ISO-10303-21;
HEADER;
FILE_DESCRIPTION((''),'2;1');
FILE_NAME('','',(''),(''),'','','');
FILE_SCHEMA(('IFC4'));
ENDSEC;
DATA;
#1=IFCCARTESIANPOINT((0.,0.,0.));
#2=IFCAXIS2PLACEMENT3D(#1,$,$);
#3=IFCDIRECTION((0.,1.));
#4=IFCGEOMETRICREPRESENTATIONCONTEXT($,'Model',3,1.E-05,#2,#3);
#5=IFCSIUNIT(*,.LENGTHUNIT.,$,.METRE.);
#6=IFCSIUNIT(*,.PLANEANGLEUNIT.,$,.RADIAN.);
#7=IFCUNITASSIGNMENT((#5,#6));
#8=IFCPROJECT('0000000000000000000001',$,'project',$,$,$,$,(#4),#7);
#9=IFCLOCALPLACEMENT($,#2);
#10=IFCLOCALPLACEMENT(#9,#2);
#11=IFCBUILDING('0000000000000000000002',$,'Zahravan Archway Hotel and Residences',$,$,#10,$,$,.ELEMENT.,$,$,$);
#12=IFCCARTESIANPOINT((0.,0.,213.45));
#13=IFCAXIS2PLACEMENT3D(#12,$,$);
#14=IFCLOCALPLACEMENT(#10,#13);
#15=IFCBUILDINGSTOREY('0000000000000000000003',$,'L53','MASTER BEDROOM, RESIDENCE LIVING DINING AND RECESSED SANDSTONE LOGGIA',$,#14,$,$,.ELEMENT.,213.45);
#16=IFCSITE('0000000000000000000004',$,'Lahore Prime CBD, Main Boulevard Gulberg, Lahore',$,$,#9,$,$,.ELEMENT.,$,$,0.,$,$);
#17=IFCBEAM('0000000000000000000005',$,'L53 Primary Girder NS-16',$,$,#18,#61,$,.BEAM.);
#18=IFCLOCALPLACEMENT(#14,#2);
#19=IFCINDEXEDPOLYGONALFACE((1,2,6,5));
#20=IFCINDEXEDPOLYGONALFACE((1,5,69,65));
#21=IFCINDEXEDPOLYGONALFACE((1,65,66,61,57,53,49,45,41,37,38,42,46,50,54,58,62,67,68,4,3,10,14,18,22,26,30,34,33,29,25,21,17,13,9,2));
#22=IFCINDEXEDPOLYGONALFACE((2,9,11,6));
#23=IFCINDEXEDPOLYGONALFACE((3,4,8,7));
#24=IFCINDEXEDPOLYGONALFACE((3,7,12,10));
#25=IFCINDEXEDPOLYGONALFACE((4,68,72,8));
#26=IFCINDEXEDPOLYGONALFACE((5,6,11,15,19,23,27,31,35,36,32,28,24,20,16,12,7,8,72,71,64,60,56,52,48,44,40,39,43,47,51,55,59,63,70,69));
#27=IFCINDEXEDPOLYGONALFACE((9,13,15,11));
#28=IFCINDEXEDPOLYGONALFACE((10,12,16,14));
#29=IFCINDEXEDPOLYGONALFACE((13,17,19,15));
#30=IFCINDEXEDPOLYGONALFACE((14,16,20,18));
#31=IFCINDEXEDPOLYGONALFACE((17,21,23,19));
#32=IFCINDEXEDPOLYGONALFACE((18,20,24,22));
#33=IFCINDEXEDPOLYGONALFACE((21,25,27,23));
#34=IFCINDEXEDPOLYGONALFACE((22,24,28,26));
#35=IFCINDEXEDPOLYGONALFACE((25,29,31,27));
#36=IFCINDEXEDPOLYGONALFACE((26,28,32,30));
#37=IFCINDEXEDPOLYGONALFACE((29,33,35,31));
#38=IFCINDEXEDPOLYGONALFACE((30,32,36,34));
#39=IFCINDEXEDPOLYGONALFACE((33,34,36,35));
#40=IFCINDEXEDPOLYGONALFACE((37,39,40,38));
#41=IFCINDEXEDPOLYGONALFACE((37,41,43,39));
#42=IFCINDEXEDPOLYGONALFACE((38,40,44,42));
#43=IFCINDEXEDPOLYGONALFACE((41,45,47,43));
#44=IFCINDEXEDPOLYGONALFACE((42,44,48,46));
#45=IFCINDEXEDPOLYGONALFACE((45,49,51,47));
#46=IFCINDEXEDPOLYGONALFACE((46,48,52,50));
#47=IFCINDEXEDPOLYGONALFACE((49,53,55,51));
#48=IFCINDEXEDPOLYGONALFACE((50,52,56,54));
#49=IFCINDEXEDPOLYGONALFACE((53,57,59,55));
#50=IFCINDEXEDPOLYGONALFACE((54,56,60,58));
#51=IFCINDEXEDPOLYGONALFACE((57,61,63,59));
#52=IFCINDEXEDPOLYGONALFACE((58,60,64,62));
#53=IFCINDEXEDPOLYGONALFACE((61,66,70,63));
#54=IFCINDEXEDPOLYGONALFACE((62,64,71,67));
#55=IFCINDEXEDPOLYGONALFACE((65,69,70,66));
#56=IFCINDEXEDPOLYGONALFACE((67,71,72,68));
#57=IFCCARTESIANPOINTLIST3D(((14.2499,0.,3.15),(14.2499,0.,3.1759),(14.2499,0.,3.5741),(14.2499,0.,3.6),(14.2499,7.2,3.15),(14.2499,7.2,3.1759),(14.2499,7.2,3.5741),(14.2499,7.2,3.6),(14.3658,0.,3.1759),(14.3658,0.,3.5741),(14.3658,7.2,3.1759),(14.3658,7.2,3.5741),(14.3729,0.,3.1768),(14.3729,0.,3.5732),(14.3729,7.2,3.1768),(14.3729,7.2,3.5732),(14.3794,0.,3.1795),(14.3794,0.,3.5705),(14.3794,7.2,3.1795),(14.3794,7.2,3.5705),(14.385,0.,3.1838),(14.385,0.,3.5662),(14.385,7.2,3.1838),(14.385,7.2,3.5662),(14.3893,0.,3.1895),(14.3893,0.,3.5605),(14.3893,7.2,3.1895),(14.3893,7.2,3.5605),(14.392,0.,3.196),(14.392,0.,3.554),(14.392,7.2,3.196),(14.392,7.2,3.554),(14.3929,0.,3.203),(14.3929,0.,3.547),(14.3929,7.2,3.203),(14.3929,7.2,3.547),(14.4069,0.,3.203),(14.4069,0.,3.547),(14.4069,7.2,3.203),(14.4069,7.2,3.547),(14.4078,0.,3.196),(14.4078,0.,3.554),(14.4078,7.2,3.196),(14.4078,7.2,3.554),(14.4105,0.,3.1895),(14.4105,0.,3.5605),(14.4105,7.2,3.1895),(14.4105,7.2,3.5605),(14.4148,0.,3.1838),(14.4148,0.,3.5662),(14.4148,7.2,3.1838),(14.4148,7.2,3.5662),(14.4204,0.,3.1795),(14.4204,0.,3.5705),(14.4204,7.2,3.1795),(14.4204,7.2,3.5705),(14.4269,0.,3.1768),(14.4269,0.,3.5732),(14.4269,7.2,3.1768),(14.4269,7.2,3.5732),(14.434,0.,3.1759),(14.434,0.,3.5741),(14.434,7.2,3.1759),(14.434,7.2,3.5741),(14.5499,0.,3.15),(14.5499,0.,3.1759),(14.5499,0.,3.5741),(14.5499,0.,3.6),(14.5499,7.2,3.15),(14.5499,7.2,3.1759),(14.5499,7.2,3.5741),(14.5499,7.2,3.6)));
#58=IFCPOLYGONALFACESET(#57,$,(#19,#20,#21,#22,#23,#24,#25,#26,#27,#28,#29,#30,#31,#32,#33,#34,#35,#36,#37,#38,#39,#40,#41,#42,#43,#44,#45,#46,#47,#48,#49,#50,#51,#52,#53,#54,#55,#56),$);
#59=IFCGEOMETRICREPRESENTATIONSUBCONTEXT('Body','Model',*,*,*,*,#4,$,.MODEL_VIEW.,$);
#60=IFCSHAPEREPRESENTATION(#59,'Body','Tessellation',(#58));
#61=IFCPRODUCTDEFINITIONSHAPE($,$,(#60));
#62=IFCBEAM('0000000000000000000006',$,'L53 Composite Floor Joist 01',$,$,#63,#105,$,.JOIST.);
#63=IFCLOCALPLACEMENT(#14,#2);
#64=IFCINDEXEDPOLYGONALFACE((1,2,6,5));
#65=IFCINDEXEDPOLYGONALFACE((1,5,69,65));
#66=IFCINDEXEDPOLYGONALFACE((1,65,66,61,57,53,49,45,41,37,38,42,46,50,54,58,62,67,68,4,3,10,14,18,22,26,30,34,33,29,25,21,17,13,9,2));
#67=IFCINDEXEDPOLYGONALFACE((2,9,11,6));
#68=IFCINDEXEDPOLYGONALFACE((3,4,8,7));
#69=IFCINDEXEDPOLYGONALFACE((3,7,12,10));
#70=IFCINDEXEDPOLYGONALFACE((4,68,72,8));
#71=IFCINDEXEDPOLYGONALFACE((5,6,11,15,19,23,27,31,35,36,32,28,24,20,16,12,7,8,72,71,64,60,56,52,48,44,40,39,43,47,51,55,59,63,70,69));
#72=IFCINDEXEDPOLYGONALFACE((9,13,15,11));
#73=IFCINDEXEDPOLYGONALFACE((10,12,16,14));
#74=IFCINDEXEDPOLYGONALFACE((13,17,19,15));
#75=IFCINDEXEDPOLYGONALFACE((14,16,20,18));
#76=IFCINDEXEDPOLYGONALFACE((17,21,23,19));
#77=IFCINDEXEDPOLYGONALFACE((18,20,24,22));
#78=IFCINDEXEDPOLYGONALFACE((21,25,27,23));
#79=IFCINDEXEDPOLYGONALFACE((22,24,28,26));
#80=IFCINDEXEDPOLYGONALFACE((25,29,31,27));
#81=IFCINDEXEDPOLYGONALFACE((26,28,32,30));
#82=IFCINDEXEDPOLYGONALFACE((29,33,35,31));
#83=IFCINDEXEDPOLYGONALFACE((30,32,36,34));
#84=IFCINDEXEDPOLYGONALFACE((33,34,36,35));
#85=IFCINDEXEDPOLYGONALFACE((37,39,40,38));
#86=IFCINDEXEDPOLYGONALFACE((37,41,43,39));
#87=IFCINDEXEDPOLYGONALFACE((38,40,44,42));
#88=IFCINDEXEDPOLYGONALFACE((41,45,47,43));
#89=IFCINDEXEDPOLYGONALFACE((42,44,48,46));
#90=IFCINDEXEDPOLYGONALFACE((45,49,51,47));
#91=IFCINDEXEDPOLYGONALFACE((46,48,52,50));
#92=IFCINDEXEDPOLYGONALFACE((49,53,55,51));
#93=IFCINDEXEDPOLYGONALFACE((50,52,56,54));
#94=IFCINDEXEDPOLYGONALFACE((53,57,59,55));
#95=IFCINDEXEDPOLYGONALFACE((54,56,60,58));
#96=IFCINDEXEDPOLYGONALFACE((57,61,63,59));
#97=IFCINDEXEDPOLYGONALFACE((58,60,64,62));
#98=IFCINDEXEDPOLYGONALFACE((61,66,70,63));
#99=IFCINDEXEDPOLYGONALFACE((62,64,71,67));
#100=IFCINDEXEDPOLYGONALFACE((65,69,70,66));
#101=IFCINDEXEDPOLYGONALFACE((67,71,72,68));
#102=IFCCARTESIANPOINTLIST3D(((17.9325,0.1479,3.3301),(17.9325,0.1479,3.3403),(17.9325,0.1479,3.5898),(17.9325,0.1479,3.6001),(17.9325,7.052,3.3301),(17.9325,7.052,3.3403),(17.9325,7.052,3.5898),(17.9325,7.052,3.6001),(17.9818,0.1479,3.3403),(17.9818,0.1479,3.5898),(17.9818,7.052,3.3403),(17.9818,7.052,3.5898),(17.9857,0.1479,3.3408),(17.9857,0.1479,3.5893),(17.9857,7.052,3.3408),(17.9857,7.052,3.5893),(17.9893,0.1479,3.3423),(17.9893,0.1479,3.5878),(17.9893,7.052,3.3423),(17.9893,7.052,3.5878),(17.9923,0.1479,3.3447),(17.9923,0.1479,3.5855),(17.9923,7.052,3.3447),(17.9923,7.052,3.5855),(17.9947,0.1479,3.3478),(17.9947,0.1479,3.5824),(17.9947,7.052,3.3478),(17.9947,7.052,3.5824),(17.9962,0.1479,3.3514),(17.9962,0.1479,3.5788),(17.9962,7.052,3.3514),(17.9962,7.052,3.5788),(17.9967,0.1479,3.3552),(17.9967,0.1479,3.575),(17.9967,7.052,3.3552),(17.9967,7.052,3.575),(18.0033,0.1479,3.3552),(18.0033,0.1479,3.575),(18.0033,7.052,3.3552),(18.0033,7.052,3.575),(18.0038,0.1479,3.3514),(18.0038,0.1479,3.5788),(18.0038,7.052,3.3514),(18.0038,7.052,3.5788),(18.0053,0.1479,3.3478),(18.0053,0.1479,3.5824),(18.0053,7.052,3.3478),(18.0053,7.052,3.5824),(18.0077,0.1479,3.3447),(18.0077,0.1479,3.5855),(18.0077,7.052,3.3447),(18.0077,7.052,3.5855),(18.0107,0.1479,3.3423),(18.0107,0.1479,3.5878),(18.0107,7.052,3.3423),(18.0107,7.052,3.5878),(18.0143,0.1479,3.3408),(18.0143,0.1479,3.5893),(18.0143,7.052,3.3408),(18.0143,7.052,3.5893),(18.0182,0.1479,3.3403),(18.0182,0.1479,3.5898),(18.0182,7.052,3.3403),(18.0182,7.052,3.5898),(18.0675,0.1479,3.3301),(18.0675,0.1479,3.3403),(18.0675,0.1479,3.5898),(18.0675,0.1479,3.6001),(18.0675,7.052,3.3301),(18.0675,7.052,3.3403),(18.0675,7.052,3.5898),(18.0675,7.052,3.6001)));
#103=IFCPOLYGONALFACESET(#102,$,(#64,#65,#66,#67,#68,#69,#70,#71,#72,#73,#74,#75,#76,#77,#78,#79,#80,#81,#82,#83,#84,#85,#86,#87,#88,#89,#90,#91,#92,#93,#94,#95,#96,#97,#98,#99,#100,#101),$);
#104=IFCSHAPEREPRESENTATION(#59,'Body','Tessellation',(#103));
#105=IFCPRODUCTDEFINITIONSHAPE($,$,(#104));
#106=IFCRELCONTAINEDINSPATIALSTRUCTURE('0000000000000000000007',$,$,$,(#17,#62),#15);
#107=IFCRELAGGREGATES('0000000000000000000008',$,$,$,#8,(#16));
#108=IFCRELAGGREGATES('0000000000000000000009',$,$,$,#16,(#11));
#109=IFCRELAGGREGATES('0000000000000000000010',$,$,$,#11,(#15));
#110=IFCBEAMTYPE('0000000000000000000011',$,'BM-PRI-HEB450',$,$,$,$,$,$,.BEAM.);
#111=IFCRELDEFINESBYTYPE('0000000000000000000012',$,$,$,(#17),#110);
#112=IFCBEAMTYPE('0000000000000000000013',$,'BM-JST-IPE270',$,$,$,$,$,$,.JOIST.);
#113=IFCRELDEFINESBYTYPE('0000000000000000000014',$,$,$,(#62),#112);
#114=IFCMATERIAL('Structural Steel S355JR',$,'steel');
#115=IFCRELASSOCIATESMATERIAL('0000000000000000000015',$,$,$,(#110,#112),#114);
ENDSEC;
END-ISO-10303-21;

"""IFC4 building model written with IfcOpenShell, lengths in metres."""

from ifc_helpers import new_model, si_unit, direction, frame, origin, origin_2d, place, context, subcontext, project, spatial, i_section, extrude, source, transform, mapped, material, material_profile, profile_set, type_object, type_shapes, element, save


model = new_model("IFC4")

# Units and contexts
model_context = context("Model", 3, precision=1e-05, world=origin(), true_north=direction((0.0, 1.0)))
body_context = subcontext(model_context, "Body", "Model", "MODEL_VIEW")
ifc_project = project(units=[si_unit("LENGTHUNIT", "METRE"), si_unit("PLANEANGLEUNIT", "RADIAN")], contexts=[model_context])

# Site, building, storey
site_placement = place(None, origin())
site = spatial("IfcSite", under=ifc_project, at=site_placement, Name="Lahore Prime CBD, Main Boulevard Gulberg, Lahore", CompositionType="ELEMENT", RefElevation=0.0)
building_placement = place(site_placement, origin())
building = spatial("IfcBuilding", under=site, at=building_placement, Name="Zahravan Archway Hotel and Residences", CompositionType="ELEMENT")
storey_placement = place(building_placement, frame((0.0, 0.0, 213.45)))
storey = spatial("IfcBuildingStorey", under=building, at=storey_placement, Name="L53", Description="MASTER BEDROOM, RESIDENCE LIVING DINING AND RECESSED SANDSTONE LOGGIA", CompositionType="ELEMENT", Elevation=213.45)

# Beams
ifc_material_1 = material(Name="Structural Steel S355JR", Category="steel")
ifc_material_profile_1 = material_profile(ifc_material_1, i_section(OverallWidth=0.3, OverallDepth=0.45, WebThickness=0.0139, FlangeThickness=0.0259, FilletRadius=0.0271, at=origin_2d()), Name="HEB 450", Category="steel")
ifc_profile_set_1 = profile_set([ifc_material_profile_1], Name="Structural Steel S355JR")
beam_type_1 = type_object("IfcBeamType", Name="BM-PRI-HEB450", PredefinedType="BEAM", material=ifc_profile_set_1)
shared_shape_1 = source(origin(), body_context, "Body", "SweptSolid", [
    extrude(i_section(OverallWidth=0.3, OverallDepth=0.45, WebThickness=0.0139, FlangeThickness=0.0259, FilletRadius=0.0271, at=origin_2d()), origin(), (0.0, 0.0, 1.0), 7.2),
])
beam_1_placement = place(storey_placement, frame((14.3999, 0.0, 3.375), z_axis=(0.0, 1.0, 0.0), x_axis=(-1.0, 0.0, 0.0)))
element("IfcBeam", 1, at=beam_1_placement, inside=storey, type_object=beam_type_1, Name="L53 Primary Girder NS-16", PredefinedType="BEAM", context=body_context, shape_type="MappedRepresentation", body=[
    mapped(shared_shape_1, transform((0.0, 0.0, 0.0), scale=1.0)),
])
ifc_material_profile_2 = material_profile(ifc_material_1, i_section(OverallWidth=0.135, OverallDepth=0.27, WebThickness=0.0066, FlangeThickness=0.0103, FilletRadius=0.0149, at=origin_2d()), Name="IPE 270", Category="steel")
ifc_profile_set_2 = profile_set([ifc_material_profile_2], Name="Structural Steel S355JR")
beam_type_2 = type_object("IfcBeamType", Name="BM-JST-IPE270", PredefinedType="JOIST", material=ifc_profile_set_2)
shared_shape_2 = source(origin(), body_context, "Body", "SweptSolid", [
    extrude(i_section(OverallWidth=0.135, OverallDepth=0.27, WebThickness=0.0066, FlangeThickness=0.0103, FilletRadius=0.0149, at=origin_2d()), origin(), (0.0, 0.0, 1.0), 6.9041),
])
type_shapes(beam_type_2, [shared_shape_2])
beam_2_placement = place(storey_placement, frame((18.0, 0.1479, 3.4651), z_axis=(0.0, 1.0, 0.0), x_axis=(-1.0, 0.0, 0.0)))
element("IfcBeam", 2, at=beam_2_placement, inside=storey, type_object=beam_type_2, Name="L53 Composite Floor Joist 01", PredefinedType="JOIST", context=body_context, shape_type="MappedRepresentation", body=[
    mapped(shared_shape_2, transform((0.0, 0.0, 0.0), scale=1.0)),
])

save(model, "model.ifc")
